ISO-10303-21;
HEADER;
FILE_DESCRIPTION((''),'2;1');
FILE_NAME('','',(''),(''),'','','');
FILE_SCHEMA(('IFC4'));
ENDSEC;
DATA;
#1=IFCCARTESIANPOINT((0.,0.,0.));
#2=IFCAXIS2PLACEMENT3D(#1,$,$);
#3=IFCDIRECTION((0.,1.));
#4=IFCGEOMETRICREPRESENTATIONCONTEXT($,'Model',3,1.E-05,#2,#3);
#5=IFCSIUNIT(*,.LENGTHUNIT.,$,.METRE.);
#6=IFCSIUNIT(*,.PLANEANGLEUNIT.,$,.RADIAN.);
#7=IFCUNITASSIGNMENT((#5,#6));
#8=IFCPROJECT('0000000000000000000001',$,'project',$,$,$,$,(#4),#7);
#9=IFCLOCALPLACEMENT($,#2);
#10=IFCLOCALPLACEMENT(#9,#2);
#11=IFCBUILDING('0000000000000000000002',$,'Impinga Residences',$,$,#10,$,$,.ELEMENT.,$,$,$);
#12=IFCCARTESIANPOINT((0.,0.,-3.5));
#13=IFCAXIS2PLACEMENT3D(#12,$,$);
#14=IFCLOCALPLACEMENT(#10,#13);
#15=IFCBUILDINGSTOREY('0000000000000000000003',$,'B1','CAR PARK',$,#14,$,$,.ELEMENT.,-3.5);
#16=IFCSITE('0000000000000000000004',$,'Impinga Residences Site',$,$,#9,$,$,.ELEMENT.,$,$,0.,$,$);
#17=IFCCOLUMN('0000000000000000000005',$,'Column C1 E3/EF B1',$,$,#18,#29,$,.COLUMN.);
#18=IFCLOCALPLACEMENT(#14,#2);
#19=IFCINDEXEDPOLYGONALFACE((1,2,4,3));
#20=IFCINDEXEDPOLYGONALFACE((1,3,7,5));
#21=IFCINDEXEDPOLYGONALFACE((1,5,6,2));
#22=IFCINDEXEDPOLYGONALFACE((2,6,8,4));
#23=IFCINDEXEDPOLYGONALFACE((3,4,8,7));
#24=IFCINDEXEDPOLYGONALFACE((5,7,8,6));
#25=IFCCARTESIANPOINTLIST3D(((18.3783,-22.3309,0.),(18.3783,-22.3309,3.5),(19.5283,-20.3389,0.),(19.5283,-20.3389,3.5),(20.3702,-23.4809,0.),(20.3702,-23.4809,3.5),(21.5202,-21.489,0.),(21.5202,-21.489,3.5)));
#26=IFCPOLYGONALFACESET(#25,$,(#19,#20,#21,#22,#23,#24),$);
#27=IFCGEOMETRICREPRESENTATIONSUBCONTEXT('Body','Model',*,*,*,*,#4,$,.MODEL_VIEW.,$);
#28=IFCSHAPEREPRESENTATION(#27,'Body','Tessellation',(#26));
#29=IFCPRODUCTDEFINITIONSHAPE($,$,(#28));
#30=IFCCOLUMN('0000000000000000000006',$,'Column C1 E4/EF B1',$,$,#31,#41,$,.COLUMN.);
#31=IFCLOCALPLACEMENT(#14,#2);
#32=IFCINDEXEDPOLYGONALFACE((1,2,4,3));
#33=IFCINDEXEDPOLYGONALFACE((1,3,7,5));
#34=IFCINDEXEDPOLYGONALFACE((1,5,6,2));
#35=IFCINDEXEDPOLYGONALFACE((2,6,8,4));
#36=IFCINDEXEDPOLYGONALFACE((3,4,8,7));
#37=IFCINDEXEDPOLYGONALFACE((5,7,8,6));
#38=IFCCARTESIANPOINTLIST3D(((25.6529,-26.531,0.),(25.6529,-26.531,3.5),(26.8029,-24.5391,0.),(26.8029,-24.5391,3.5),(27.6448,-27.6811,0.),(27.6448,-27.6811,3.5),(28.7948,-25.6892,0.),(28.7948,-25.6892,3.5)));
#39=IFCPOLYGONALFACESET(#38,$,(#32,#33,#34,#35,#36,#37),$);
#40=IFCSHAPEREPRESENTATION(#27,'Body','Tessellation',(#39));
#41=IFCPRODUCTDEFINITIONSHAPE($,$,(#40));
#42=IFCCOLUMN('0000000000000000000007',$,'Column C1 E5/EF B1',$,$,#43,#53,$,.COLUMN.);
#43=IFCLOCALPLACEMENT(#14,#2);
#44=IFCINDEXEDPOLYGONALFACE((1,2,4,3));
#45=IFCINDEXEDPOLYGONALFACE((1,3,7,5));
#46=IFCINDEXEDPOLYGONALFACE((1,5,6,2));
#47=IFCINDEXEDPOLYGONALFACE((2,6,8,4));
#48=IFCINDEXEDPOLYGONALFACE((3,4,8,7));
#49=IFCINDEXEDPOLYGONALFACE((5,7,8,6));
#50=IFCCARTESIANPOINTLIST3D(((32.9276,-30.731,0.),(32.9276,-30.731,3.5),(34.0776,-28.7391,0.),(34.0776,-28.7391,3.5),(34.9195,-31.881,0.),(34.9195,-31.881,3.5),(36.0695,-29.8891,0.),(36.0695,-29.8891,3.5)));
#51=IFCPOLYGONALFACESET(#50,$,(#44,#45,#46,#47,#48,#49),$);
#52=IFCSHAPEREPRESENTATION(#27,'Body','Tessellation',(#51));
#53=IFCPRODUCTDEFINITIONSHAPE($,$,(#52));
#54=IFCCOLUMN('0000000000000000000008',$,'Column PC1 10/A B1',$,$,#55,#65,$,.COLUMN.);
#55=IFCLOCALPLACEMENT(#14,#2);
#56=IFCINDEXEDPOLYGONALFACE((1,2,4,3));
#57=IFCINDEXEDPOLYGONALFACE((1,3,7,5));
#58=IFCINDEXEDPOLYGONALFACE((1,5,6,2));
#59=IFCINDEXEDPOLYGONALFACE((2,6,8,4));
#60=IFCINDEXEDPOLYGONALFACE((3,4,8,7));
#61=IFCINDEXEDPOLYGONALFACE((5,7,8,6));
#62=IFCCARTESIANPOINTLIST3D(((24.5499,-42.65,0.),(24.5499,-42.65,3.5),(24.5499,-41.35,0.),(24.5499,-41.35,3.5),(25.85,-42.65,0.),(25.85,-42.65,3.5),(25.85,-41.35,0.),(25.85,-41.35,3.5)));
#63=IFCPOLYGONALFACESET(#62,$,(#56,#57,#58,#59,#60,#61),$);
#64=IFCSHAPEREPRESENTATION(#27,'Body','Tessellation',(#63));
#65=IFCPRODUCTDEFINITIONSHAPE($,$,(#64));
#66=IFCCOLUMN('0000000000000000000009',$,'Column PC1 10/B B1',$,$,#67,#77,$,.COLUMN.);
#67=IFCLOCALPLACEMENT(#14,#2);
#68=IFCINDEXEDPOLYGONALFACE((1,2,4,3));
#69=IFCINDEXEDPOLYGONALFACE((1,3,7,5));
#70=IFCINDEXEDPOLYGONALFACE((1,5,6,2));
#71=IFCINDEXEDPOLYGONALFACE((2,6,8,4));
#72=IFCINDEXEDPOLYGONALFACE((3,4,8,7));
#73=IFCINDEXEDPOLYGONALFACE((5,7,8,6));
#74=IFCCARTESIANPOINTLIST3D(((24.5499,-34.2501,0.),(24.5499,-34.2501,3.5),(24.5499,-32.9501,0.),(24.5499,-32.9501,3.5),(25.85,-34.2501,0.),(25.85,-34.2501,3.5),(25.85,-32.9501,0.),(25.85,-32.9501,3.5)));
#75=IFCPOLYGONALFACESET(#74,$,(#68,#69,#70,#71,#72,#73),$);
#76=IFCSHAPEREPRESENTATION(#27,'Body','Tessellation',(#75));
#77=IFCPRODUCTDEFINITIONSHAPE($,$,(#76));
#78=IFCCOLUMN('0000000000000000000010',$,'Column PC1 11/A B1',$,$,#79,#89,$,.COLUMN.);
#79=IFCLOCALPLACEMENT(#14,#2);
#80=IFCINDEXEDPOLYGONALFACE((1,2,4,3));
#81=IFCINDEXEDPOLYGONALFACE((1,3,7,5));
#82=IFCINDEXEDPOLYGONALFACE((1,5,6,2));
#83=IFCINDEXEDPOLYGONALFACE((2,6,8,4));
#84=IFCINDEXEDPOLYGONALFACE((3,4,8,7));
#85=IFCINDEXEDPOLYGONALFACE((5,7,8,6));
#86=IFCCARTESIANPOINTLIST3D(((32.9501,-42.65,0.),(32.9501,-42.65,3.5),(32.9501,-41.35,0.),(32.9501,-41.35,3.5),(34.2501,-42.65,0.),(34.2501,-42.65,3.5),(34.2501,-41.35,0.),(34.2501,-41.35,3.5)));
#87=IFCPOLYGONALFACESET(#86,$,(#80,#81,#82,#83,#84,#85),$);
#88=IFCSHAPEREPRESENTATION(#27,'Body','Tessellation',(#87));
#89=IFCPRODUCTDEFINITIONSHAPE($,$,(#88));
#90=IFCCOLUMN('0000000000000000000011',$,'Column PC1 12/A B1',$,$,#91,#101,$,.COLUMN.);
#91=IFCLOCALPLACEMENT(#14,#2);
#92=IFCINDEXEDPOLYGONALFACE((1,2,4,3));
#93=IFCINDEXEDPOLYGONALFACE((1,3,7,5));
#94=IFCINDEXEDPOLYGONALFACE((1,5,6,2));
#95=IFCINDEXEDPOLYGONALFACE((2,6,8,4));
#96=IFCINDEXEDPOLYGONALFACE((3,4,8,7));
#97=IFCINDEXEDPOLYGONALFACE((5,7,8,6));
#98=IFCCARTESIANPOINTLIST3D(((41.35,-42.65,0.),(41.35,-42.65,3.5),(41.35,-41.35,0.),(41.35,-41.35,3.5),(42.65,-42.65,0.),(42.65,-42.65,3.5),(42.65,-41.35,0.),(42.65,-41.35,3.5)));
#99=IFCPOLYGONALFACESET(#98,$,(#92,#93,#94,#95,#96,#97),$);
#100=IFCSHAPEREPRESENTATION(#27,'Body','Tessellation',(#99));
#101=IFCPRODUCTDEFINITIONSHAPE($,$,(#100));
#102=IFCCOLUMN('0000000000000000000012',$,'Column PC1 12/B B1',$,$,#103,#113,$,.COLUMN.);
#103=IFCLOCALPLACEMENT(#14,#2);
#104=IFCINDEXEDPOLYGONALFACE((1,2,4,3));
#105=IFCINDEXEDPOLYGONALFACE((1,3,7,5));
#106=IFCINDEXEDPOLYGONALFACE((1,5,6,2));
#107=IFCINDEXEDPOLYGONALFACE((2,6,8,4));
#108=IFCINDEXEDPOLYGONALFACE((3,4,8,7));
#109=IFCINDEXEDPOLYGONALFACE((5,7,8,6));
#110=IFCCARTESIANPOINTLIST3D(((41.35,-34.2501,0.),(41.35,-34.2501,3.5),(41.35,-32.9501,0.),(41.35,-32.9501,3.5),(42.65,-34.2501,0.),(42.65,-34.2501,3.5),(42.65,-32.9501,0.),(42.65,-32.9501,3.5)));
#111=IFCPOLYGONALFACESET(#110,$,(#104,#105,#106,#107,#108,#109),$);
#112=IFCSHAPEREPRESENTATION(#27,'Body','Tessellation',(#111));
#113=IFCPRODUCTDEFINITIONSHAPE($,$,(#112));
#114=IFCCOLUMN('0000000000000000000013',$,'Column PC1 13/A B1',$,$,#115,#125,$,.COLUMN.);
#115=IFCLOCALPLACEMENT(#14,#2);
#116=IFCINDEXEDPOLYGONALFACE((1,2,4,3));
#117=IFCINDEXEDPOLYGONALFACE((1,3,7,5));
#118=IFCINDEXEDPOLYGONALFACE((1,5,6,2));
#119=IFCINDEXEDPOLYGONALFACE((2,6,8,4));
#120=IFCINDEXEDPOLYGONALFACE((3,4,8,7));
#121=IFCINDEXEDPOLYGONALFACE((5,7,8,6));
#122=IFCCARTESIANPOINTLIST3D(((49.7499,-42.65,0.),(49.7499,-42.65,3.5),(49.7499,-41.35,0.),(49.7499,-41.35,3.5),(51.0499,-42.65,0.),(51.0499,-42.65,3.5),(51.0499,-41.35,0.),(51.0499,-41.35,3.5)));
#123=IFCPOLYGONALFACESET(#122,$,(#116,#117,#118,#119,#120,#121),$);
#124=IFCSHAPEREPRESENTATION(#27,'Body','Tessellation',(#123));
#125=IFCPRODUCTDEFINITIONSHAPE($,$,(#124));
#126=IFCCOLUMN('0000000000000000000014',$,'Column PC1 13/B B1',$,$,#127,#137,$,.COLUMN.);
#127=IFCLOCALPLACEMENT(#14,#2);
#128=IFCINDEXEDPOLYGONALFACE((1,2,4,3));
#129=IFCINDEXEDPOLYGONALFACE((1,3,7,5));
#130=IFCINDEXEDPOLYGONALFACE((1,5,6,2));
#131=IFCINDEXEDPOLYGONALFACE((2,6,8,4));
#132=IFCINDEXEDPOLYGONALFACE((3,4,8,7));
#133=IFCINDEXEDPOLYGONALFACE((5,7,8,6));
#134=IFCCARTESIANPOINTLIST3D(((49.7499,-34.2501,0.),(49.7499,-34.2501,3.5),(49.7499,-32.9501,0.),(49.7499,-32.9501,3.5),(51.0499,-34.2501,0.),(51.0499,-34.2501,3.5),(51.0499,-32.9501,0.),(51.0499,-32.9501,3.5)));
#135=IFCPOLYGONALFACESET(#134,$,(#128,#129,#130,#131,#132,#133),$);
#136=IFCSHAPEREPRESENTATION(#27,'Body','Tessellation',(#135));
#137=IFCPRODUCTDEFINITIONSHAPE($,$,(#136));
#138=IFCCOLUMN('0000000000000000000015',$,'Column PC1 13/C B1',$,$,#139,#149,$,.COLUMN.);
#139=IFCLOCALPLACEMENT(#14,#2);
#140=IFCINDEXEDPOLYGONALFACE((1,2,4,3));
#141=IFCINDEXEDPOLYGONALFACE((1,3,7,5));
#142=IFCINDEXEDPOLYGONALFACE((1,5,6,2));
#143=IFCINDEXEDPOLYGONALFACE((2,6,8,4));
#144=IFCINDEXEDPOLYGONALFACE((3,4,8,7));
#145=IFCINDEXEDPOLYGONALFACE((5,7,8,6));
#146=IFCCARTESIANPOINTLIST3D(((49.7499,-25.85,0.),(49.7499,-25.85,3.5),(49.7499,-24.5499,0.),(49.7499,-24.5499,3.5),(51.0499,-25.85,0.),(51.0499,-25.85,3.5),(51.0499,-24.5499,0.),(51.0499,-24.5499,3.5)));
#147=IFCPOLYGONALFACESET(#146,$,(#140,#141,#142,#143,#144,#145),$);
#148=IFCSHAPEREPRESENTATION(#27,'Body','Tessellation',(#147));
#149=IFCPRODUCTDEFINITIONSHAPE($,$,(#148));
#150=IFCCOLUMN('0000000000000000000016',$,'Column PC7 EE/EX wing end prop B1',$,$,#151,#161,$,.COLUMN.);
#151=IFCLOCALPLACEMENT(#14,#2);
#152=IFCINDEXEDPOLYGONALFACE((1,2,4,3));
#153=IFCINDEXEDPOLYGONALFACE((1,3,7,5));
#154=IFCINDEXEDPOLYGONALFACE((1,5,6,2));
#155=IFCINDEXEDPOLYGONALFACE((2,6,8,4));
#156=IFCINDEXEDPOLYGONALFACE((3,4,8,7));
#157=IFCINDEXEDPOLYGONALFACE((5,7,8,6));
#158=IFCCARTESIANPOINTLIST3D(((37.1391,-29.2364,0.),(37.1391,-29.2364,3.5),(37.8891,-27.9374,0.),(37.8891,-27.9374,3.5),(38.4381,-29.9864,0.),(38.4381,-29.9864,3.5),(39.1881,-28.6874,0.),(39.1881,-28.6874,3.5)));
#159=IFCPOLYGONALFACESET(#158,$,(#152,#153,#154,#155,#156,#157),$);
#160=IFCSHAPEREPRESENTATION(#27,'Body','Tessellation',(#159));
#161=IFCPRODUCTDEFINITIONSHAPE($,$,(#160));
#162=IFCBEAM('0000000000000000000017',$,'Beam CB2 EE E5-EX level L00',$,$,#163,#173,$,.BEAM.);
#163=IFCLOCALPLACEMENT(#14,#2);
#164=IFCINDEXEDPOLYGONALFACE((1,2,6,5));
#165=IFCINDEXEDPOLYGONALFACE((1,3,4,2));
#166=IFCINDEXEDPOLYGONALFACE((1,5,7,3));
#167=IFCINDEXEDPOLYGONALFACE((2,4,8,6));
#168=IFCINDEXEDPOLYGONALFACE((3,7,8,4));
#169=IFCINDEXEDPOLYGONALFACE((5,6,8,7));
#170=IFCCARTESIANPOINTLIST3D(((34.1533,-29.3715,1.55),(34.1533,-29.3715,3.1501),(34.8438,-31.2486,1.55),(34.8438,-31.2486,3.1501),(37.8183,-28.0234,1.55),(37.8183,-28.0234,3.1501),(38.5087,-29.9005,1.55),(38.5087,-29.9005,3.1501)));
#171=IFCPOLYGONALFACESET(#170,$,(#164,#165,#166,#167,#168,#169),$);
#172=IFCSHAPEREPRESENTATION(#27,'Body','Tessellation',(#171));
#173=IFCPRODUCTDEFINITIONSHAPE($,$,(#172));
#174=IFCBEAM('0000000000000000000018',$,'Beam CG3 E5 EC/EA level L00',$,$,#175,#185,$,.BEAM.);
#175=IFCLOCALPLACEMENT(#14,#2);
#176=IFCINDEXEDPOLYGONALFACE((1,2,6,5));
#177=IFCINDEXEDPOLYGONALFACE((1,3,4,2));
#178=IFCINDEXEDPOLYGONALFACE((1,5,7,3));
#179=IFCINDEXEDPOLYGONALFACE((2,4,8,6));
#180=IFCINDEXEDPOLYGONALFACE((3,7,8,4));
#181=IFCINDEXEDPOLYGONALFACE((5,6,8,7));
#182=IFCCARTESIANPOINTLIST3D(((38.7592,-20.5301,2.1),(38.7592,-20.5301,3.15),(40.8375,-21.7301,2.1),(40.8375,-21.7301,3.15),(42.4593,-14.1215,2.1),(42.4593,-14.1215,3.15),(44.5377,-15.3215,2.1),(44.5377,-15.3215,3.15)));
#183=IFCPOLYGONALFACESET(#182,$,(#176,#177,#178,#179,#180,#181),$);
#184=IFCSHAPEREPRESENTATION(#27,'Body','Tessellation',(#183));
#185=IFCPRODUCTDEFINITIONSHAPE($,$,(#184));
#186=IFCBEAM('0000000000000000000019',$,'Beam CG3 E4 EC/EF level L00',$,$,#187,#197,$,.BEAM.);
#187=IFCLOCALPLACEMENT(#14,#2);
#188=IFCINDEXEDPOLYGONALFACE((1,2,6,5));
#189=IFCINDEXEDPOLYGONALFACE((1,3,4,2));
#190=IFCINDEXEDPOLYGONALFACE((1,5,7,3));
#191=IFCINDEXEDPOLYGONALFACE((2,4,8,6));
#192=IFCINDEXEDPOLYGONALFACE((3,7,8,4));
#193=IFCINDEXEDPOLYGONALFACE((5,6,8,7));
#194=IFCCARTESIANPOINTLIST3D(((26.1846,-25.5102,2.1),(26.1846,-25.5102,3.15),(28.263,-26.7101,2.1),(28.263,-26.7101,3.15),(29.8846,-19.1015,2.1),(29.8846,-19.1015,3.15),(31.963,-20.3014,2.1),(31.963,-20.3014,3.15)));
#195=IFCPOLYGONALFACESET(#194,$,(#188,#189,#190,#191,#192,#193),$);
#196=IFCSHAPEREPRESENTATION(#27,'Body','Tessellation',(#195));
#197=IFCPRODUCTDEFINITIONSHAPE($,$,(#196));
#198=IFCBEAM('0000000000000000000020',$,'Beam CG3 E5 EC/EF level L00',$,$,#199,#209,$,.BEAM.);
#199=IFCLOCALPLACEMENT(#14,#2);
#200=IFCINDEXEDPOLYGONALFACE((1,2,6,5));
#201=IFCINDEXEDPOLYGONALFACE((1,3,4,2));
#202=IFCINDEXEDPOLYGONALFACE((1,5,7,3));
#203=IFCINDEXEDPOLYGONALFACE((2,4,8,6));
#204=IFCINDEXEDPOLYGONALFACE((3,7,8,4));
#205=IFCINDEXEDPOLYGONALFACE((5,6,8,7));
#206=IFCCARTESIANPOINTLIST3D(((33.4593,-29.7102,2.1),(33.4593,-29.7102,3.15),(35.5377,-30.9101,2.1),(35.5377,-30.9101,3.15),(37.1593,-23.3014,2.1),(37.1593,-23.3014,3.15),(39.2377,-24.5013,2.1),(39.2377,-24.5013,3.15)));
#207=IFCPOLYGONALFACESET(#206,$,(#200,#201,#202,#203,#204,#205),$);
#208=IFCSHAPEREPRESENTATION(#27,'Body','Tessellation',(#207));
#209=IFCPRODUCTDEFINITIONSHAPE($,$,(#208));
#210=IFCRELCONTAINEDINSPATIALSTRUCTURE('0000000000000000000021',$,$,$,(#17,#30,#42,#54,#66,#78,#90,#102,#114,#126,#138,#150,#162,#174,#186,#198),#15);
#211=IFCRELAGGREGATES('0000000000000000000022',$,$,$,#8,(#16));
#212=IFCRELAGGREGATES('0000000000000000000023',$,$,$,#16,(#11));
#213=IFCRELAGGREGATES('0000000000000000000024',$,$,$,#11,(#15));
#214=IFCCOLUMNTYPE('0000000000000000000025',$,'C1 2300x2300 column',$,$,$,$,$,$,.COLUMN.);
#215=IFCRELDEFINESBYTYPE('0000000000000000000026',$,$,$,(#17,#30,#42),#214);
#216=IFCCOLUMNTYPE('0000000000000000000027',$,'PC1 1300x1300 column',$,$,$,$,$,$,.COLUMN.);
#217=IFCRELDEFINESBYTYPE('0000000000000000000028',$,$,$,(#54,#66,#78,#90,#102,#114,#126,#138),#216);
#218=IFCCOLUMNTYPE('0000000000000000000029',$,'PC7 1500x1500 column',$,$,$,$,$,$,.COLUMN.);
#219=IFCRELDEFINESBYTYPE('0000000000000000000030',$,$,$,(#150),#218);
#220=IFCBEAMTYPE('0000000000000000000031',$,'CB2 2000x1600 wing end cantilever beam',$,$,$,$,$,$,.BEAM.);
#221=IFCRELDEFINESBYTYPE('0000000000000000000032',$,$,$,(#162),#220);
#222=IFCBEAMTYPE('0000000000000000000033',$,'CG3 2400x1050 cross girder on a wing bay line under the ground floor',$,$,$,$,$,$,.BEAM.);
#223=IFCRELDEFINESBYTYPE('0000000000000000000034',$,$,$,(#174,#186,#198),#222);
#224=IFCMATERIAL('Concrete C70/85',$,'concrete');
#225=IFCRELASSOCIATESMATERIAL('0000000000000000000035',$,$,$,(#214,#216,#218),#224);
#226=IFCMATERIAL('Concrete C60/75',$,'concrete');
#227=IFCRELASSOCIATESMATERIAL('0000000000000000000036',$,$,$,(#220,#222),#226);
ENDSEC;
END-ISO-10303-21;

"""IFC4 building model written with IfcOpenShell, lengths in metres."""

from ifc_helpers import new_model, si_unit, direction, frame, origin, origin_2d, place, context, subcontext, project, spatial, rectangle, extrude, material, material_profile, profile_set, type_object, element, save


model = new_model("IFC4")

# Units and contexts
model_context = context("Model", 3, precision=1e-05, world=origin(), true_north=direction((0.0, 1.0)))
body_context = subcontext(model_context, "Body", "Model", "MODEL_VIEW")
ifc_project = project(units=[si_unit("LENGTHUNIT", "METRE"), si_unit("PLANEANGLEUNIT", "RADIAN")], contexts=[model_context])

# Site, building, storey
site_placement = place(None, origin())
site = spatial("IfcSite", under=ifc_project, at=site_placement, Name="Impinga Residences Site", CompositionType="ELEMENT", RefElevation=0.0)
building_placement = place(site_placement, origin())
building = spatial("IfcBuilding", under=site, at=building_placement, Name="Impinga Residences", CompositionType="ELEMENT")
storey_placement = place(building_placement, frame((0.0, 0.0, -3.5)))
storey = spatial("IfcBuildingStorey", under=building, at=storey_placement, Name="B1", Description="CAR PARK", CompositionType="ELEMENT", Elevation=-3.5)

# Columns
ifc_material_1 = material(Name="Concrete C70/85", Category="concrete")
ifc_material_profile_1 = material_profile(ifc_material_1, rectangle(XDim=2.3, YDim=2.3, at=origin_2d()), Name="RC 2300x2300")
ifc_profile_set_1 = profile_set([ifc_material_profile_1], Name="Concrete C70/85")
column_type_1 = type_object("IfcColumnType", Name="C1 2300x2300 column", PredefinedType="COLUMN", material=ifc_profile_set_1)
for number, where, z_axis, x_axis, name in (
    (1, (19.9492, -21.9099, 0.0), (0.0, 0.0, 1.0), (-0.5, -0.866025, 0.0), "Column C1 E3/EF B1"),
    (2, (27.2239, -26.1101, 0.0), (0.0, 0.0, 1.0), (-0.5, -0.866025, 0.0), "Column C1 E4/EF B1"),
    (3, (34.4985, -30.3101, 0.0), (0.0, 0.0, 1.0), (-0.5, -0.866025, 0.0), "Column C1 E5/EF B1"),
):
    element("IfcColumn", number, at=place(storey_placement, frame(where, z_axis=z_axis, x_axis=x_axis)), inside=storey, type_object=column_type_1, Name=name, PredefinedType="COLUMN", context=body_context, shape_type="SweptSolid", body=[
        extrude(rectangle(XDim=2.3, YDim=2.3, at=origin_2d()), origin(), (0.0, 0.0, 1.0), 3.5),
    ])
ifc_material_profile_2 = material_profile(ifc_material_1, rectangle(XDim=1.3, YDim=1.3, at=origin_2d()), Name="RC 1300x1300")
ifc_profile_set_2 = profile_set([ifc_material_profile_2], Name="Concrete C70/85")
column_type_2 = type_object("IfcColumnType", Name="PC1 1300x1300 column", PredefinedType="COLUMN", material=ifc_profile_set_2)
for number, where, z_axis, x_axis, name in (
    (4, (25.2, -42.0, 0.0), (0.0, 0.0, 1.0), (1.0, 0.0, 0.0), "Column PC1 10/A B1"),
    (5, (25.2, -33.6001, 0.0), (0.0, 0.0, 1.0), (1.0, 0.0, 0.0), "Column PC1 10/B B1"),
    (6, (33.6001, -42.0, 0.0), (0.0, 0.0, 1.0), (1.0, 0.0, 0.0), "Column PC1 11/A B1"),
    (7, (42.0, -42.0, 0.0), (0.0, 0.0, 1.0), (1.0, 0.0, 0.0), "Column PC1 12/A B1"),
    (8, (42.0, -33.6001, 0.0), (0.0, 0.0, 1.0), (1.0, 0.0, 0.0), "Column PC1 12/B B1"),
    (9, (50.3999, -42.0, 0.0), (0.0, 0.0, 1.0), (1.0, 0.0, 0.0), "Column PC1 13/A B1"),
    (10, (50.3999, -33.6001, 0.0), (0.0, 0.0, 1.0), (1.0, 0.0, 0.0), "Column PC1 13/B B1"),
    (11, (50.3999, -25.2, 0.0), (0.0, 0.0, 1.0), (1.0, 0.0, 0.0), "Column PC1 13/C B1"),
):
    element("IfcColumn", number, at=place(storey_placement, frame(where, z_axis=z_axis, x_axis=x_axis)), inside=storey, type_object=column_type_2, Name=name, PredefinedType="COLUMN", context=body_context, shape_type="SweptSolid", body=[
        extrude(rectangle(XDim=1.3, YDim=1.3, at=origin_2d()), origin(), (0.0, 0.0, 1.0), 3.5),
    ])
ifc_material_profile_3 = material_profile(ifc_material_1, rectangle(XDim=1.5, YDim=1.5, at=origin_2d()), Name="RC 1500x1500")
ifc_profile_set_3 = profile_set([ifc_material_profile_3], Name="Concrete C70/85")
column_type_3 = type_object("IfcColumnType", Name="PC7 1500x1500 column", PredefinedType="COLUMN", material=ifc_profile_set_3)
column_placement = place(storey_placement, frame((38.1636, -28.9619, 0.0), z_axis=(0.0, 0.0, 1.0), x_axis=(-0.5, -0.866025, 0.0)))
element("IfcColumn", 12, at=column_placement, inside=storey, type_object=column_type_3, Name="Column PC7 EE/EX wing end prop B1", PredefinedType="COLUMN", context=body_context, shape_type="SweptSolid", body=[
    extrude(rectangle(XDim=1.5, YDim=1.5, at=origin_2d()), origin(), (0.0, 0.0, 1.0), 3.5),
])

# Beams
ifc_material_2 = material(Name="Concrete C60/75", Category="concrete")
ifc_material_profile_4 = material_profile(ifc_material_2, rectangle(XDim=2.0, YDim=1.6001, at=origin_2d()), Name="RC 2000x1600")
ifc_profile_set_4 = profile_set([ifc_material_profile_4], Name="Concrete C60/75")
beam_type_1 = type_object("IfcBeamType", Name="CB2 2000x1600 wing end cantilever beam", PredefinedType="BEAM", material=ifc_profile_set_4)
beam_1_placement = place(storey_placement, frame((34.4985, -30.3101, 2.3501), z_axis=(0.93852, 0.345224, 0.0), x_axis=(-0.345224, 0.93852, 0.0)))
element("IfcBeam", 13, at=beam_1_placement, inside=storey, type_object=beam_type_1, Name="Beam CB2 EE E5-EX level L00", PredefinedType="BEAM", context=body_context, shape_type="SweptSolid", body=[
    extrude(rectangle(XDim=2.0, YDim=1.6001, at=origin_2d()), origin(), (0.0, 0.0, 1.0), 3.905),
])
ifc_material_profile_5 = material_profile(ifc_material_2, rectangle(XDim=2.3999, YDim=1.05, at=origin_2d()), Name="RC 2400x1050")
ifc_profile_set_5 = profile_set([ifc_material_profile_5], Name="Concrete C60/75")
beam_type_2 = type_object("IfcBeamType", Name="CG3 2400x1050 cross girder on a wing bay line under the ground floor", PredefinedType="BEAM", material=ifc_profile_set_5)
for number, where, z_axis, x_axis, name in (
    (14, (39.7983, -21.1301, 2.625), (0.500014, 0.866017, 0.0), (-0.866017, 0.500014, 0.0), "Beam CG3 E5 EC/EA level L00"),
    (15, (30.9238, -19.7014, 2.625), (-0.499989, -0.866032, 0.0), (0.866032, -0.499989, 0.0), "Beam CG3 E4 EC/EF level L00"),
    (16, (38.1985, -23.9014, 2.625), (-0.499989, -0.866032, 0.0), (0.866032, -0.499989, 0.0), "Beam CG3 E5 EC/EF level L00"),
):
    element("IfcBeam", number, at=place(storey_placement, frame(where, z_axis=z_axis, x_axis=x_axis)), inside=storey, type_object=beam_type_2, Name=name, PredefinedType="BEAM", context=body_context, shape_type="SweptSolid", body=[
        extrude(rectangle(XDim=2.3999, YDim=1.05, at=origin_2d()), origin(), (0.0, 0.0, 1.0), 7.4001),
    ])

save(model, "model.ifc")
